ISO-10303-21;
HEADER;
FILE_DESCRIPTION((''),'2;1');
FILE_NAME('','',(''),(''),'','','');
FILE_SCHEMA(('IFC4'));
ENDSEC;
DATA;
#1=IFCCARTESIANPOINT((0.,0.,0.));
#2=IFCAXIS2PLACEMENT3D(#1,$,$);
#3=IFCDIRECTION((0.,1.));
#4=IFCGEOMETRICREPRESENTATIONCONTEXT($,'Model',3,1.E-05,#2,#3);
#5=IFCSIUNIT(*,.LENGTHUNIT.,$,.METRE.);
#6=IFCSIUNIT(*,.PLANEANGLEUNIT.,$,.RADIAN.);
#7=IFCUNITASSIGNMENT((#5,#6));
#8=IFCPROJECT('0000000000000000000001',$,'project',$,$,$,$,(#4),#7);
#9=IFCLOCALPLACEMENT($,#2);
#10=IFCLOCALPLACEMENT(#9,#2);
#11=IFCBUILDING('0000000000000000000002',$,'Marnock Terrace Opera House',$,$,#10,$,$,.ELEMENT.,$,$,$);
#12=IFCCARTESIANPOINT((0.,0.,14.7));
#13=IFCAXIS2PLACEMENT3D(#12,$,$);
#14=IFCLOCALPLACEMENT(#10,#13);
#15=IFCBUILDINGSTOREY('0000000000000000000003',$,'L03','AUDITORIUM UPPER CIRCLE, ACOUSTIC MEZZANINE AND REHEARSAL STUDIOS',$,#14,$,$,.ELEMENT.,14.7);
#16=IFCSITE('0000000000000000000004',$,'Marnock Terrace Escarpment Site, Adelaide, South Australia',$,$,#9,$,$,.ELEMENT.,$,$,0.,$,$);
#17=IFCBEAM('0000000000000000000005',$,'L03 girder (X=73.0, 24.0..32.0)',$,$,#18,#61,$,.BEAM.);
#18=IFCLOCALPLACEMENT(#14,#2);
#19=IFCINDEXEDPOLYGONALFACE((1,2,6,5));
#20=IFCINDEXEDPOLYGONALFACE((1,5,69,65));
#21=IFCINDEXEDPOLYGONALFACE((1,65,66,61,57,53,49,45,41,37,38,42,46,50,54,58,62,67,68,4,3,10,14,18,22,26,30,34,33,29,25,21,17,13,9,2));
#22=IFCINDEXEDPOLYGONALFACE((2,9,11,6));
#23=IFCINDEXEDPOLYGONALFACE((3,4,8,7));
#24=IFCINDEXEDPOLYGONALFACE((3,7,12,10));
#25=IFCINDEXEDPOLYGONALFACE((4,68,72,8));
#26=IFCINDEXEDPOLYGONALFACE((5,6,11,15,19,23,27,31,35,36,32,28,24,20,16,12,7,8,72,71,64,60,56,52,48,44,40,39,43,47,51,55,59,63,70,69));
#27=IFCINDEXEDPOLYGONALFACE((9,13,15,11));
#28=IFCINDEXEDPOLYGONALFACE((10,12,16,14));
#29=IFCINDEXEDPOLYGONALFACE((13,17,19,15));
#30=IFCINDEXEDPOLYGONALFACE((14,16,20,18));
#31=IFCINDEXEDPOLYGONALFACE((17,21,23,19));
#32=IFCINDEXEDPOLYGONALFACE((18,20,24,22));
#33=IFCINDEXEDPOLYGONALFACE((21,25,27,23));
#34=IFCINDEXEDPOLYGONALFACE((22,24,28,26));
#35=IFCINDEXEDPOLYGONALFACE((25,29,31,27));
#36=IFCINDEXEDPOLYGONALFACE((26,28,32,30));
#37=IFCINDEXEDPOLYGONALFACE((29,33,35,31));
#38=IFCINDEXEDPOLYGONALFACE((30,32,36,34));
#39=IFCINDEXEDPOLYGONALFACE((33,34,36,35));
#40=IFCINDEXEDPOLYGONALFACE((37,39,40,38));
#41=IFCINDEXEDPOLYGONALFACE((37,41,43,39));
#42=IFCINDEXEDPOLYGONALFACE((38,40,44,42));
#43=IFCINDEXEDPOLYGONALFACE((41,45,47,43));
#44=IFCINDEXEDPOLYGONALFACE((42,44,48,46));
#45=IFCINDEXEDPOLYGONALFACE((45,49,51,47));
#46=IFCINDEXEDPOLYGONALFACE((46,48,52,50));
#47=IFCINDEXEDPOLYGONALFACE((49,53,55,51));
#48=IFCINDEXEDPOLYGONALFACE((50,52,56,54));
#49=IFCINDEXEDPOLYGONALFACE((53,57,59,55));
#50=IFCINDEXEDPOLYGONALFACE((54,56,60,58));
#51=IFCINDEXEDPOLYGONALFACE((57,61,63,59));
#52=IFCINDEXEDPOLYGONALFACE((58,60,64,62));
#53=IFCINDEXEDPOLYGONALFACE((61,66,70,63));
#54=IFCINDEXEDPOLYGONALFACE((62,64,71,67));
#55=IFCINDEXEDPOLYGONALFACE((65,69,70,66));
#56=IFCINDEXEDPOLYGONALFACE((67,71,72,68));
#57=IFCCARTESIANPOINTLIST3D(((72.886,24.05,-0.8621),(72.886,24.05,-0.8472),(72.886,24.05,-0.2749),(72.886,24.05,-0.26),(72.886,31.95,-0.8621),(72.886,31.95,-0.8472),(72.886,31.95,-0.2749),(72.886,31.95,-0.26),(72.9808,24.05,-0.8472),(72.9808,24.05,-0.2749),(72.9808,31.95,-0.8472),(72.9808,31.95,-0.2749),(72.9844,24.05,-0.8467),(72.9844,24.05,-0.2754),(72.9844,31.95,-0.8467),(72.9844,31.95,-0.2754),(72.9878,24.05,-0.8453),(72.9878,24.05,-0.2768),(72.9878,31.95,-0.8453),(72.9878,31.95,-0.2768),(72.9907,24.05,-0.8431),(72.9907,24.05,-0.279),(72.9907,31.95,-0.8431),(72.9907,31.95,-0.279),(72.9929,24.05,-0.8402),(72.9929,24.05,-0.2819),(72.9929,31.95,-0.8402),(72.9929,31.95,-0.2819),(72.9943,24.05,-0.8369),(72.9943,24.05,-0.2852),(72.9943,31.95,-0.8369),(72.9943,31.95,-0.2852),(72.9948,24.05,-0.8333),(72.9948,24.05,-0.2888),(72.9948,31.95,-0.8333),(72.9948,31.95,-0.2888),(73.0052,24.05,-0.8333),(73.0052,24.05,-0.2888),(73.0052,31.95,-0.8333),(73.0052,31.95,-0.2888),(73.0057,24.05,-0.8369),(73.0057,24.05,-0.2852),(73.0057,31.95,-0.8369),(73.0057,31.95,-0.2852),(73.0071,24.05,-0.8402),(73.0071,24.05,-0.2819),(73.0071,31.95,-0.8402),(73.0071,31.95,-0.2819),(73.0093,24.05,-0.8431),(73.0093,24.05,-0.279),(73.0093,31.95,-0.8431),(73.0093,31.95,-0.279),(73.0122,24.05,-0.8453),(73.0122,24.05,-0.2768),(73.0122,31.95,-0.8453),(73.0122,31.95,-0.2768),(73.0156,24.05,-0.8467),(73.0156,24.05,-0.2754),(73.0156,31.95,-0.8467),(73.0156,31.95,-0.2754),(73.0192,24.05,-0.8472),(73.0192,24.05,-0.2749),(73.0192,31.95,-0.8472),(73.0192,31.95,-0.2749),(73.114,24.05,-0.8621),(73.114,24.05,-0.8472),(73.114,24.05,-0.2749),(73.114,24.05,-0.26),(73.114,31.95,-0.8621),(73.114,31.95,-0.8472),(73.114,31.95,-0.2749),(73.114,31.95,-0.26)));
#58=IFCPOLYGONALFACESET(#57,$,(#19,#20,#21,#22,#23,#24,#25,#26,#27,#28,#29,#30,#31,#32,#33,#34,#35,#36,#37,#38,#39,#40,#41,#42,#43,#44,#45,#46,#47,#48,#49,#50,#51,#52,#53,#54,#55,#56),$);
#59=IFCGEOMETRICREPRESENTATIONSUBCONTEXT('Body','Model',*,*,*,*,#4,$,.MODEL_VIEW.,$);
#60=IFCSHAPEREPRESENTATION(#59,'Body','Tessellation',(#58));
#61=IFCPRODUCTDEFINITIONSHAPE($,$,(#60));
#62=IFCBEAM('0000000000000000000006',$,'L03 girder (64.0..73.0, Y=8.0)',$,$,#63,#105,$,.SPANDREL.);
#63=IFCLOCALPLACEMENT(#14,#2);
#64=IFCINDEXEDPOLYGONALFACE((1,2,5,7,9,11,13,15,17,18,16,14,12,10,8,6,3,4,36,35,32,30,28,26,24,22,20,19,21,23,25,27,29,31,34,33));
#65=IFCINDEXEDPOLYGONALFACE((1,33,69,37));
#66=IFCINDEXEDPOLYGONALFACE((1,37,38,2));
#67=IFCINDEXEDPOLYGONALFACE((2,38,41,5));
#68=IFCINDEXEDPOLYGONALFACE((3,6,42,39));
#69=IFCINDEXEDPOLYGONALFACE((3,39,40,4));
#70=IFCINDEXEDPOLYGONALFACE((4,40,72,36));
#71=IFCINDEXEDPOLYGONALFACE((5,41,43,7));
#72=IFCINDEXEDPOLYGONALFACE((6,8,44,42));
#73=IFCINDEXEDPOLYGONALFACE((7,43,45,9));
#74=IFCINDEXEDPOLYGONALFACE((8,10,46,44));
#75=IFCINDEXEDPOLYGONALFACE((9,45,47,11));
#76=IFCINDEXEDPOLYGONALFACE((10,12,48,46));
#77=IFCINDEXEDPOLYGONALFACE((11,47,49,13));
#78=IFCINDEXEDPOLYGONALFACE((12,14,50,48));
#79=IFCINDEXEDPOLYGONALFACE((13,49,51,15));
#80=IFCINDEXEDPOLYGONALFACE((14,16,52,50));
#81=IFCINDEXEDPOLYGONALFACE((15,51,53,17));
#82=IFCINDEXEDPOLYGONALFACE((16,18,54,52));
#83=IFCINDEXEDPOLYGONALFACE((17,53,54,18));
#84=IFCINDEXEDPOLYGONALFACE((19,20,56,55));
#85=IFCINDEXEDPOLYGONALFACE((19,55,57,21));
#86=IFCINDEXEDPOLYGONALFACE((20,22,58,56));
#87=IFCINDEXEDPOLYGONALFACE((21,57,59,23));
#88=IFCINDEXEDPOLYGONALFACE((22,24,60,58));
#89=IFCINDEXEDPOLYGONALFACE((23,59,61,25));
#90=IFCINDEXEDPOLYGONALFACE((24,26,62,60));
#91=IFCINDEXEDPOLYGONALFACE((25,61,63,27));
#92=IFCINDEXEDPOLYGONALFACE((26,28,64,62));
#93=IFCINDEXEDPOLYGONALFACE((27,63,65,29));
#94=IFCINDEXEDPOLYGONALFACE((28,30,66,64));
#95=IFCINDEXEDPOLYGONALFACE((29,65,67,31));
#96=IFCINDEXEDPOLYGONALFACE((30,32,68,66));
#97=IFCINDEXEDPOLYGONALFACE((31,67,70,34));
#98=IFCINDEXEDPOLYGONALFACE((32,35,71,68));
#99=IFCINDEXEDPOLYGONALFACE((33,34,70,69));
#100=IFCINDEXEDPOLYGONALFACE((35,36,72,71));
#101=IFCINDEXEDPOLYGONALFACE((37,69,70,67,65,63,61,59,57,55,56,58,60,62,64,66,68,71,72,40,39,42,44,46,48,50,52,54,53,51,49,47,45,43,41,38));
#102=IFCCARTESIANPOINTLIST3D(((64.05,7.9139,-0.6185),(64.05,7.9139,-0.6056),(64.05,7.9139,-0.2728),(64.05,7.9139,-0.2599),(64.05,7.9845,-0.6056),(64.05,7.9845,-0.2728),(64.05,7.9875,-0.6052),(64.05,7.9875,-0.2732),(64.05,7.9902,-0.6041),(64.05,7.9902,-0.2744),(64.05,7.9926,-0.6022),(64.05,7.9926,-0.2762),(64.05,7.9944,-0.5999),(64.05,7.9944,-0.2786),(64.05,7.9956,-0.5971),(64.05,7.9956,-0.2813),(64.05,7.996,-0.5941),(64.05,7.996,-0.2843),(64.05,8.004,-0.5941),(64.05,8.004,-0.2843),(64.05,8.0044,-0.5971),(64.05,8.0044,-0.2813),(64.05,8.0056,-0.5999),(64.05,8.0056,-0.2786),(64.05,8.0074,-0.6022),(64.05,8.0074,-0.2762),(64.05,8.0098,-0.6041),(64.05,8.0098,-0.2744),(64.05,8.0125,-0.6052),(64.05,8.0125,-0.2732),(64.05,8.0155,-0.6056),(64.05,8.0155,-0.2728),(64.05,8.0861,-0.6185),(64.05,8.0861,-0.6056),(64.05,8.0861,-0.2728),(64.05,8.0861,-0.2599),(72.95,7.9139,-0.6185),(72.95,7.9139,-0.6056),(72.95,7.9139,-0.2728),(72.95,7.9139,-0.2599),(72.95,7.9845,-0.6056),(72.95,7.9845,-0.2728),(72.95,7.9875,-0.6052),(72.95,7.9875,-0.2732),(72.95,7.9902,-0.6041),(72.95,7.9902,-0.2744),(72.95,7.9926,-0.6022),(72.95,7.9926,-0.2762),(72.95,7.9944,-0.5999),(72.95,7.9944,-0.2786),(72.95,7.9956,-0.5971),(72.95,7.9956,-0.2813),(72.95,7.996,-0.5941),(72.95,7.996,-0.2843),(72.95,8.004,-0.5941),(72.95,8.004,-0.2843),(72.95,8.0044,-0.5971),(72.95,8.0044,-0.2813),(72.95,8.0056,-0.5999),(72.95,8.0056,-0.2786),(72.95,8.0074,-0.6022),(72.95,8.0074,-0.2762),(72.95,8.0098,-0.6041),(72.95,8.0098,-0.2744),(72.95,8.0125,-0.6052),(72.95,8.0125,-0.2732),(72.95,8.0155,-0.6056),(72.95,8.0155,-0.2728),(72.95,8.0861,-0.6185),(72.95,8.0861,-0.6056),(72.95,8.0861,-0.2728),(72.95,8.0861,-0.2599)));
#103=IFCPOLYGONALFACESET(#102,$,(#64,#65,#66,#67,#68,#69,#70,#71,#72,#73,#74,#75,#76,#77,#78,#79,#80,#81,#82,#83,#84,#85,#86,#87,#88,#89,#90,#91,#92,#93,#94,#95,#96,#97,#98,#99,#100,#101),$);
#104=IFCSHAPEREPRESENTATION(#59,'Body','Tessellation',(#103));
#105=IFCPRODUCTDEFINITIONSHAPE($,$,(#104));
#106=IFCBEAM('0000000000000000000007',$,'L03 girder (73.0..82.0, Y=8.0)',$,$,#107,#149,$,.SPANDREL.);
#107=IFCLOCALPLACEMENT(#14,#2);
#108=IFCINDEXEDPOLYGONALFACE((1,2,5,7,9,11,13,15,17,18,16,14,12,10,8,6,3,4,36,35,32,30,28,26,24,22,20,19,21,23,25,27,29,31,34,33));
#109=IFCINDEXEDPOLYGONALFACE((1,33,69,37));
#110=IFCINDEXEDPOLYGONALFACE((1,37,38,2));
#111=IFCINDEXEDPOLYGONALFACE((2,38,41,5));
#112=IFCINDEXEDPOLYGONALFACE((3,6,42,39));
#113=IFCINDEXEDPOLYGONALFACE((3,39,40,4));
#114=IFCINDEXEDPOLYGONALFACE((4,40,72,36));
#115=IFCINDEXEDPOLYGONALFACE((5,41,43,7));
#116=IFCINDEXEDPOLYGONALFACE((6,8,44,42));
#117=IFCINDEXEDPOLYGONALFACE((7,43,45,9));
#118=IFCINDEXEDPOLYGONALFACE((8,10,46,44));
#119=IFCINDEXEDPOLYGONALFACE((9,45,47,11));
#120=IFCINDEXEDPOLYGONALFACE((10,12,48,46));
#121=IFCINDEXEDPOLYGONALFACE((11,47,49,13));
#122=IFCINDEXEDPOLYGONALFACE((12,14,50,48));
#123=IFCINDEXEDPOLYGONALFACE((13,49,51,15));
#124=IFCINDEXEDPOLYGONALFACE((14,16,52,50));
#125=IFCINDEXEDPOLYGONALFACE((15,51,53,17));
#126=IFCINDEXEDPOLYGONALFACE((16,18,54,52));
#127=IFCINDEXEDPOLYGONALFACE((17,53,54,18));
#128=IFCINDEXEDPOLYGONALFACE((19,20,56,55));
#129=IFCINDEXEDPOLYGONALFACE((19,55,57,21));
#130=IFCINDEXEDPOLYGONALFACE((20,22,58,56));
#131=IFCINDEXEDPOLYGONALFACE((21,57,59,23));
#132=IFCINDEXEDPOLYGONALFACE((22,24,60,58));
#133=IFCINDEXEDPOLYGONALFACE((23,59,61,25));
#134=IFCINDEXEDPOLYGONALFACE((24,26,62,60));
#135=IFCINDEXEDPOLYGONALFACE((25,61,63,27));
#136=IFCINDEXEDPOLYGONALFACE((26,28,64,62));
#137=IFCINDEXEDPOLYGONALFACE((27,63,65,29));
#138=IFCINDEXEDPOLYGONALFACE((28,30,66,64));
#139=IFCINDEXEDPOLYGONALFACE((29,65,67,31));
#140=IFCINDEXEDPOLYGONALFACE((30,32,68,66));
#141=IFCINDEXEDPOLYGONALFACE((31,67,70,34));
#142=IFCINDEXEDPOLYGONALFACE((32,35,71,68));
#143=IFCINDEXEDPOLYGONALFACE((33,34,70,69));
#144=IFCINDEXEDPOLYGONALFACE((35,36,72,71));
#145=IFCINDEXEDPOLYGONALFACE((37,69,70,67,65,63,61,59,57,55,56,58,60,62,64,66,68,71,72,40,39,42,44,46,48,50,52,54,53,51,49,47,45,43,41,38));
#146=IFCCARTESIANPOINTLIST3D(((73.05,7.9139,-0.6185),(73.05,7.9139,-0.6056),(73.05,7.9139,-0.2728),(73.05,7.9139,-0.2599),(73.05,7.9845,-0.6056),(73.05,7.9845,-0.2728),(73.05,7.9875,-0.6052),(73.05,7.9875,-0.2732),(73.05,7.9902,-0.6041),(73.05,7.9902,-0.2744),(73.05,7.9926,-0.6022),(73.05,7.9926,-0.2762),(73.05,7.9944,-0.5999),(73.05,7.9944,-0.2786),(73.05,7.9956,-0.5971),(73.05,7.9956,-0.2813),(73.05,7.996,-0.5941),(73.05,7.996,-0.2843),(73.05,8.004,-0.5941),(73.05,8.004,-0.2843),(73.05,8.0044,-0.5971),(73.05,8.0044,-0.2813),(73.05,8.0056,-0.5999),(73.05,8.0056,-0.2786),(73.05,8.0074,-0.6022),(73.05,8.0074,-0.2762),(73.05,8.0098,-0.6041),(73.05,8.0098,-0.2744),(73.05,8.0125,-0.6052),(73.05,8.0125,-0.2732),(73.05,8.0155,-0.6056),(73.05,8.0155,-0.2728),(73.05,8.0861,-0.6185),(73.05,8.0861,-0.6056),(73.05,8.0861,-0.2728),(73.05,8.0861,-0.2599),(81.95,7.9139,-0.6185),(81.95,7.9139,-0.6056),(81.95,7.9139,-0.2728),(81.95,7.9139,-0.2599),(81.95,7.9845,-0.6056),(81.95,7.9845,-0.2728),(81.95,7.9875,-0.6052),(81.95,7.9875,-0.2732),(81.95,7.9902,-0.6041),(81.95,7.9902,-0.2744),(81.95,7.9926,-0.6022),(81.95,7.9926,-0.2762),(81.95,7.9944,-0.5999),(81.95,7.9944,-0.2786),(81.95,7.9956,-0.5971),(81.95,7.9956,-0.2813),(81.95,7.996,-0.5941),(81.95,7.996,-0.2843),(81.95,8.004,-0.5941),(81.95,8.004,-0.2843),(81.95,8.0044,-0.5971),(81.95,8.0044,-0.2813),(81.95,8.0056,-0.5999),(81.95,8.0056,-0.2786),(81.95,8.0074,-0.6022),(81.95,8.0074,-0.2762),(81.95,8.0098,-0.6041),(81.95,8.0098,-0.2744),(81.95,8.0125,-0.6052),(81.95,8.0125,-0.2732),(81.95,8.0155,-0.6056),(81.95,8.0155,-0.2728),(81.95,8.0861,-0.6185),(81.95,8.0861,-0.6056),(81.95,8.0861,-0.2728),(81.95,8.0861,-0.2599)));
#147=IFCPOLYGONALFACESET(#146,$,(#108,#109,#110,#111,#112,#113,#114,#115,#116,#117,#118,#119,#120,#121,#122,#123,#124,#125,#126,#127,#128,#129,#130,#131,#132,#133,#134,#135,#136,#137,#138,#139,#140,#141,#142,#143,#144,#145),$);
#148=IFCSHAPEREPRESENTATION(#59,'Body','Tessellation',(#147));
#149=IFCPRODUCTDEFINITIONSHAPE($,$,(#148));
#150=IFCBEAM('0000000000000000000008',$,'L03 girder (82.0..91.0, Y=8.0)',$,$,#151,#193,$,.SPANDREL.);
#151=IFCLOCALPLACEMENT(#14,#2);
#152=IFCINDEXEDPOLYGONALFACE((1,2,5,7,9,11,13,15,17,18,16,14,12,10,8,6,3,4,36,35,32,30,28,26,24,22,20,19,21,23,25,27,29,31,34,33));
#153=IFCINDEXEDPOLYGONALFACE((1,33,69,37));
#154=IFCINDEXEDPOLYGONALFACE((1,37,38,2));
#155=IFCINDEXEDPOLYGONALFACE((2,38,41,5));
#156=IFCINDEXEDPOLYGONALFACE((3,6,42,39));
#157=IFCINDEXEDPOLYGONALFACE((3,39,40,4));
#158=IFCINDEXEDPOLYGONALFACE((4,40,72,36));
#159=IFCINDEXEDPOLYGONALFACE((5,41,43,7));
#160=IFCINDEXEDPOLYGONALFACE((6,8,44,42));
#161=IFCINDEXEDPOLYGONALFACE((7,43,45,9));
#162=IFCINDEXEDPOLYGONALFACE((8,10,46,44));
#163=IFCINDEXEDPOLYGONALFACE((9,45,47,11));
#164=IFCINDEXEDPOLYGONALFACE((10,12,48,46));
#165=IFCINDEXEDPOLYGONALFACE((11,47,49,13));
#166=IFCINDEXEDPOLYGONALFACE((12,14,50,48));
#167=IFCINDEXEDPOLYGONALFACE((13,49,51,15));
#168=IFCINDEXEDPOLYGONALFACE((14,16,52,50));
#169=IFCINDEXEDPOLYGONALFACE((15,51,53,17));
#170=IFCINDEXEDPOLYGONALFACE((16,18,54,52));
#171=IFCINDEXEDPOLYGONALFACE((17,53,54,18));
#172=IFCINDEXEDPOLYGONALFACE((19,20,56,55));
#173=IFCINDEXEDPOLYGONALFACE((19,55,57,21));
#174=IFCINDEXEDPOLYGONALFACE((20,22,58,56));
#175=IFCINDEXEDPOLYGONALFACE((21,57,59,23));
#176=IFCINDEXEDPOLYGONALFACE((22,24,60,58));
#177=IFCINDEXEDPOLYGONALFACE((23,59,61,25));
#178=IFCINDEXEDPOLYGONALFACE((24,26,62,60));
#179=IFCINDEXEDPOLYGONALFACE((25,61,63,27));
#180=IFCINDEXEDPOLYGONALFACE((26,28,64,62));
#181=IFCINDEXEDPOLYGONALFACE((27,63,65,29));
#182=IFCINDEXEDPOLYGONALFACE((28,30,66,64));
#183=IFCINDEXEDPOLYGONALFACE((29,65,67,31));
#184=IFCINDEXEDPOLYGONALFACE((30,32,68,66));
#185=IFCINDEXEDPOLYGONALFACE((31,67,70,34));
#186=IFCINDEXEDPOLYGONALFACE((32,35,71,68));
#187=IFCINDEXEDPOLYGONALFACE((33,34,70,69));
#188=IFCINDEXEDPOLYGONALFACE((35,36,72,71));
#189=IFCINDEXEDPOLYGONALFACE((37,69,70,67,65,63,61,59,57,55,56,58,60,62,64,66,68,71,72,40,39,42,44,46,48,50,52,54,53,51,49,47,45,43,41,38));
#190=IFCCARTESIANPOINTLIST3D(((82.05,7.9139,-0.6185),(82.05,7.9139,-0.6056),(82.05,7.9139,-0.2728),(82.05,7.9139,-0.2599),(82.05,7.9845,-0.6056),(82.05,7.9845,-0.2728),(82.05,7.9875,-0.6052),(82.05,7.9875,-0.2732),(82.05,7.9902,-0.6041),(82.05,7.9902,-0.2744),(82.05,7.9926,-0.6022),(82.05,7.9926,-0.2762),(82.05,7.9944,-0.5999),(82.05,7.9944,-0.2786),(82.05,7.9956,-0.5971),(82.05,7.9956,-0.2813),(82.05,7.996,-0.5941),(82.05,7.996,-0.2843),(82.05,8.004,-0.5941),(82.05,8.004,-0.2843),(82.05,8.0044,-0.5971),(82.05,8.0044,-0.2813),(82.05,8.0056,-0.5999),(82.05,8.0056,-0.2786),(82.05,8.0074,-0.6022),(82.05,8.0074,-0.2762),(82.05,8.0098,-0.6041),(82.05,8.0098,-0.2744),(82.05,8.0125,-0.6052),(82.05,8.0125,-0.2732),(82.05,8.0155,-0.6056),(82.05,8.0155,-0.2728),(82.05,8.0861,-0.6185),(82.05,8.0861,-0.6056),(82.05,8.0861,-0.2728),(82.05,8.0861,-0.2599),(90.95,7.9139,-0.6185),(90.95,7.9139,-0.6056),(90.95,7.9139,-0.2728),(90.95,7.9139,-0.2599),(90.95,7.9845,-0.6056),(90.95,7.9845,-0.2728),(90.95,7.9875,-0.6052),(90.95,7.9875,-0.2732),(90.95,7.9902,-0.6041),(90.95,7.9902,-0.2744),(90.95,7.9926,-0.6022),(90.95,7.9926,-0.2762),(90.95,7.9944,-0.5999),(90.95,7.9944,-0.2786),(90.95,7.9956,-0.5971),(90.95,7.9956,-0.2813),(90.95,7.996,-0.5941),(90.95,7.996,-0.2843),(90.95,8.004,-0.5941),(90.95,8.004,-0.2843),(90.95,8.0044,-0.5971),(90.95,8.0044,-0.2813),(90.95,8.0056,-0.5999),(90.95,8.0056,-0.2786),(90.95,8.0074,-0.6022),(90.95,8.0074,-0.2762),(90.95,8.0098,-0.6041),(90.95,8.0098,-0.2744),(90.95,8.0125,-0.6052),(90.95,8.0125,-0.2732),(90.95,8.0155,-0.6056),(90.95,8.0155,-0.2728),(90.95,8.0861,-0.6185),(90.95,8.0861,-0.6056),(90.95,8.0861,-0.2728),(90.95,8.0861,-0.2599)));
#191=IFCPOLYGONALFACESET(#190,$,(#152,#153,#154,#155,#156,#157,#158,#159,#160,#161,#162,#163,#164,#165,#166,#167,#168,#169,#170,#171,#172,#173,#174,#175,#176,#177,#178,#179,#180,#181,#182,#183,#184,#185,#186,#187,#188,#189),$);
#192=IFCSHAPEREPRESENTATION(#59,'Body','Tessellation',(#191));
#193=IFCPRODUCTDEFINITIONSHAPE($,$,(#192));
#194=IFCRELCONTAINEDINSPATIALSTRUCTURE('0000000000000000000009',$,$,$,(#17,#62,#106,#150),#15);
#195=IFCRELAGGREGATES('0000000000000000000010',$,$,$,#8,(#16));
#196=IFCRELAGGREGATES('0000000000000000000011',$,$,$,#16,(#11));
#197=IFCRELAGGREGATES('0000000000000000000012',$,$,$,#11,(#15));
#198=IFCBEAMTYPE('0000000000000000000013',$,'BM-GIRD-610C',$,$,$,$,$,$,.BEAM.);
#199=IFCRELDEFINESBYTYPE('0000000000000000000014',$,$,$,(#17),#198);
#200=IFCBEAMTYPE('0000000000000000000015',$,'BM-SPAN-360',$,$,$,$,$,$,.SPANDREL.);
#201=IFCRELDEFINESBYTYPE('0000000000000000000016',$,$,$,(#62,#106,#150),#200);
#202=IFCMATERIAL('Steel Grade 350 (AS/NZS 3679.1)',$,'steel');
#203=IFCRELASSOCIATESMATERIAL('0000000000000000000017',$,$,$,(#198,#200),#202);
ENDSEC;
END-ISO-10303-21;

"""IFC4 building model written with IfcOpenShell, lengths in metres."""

from ifc_helpers import new_model, si_unit, direction, frame, origin, origin_2d, place, context, subcontext, project, spatial, i_section, extrude, material, material_profile, profile_set, type_object, element, save


model = new_model("IFC4")

# Units and contexts
model_context = context("Model", 3, precision=1e-05, world=origin(), true_north=direction((0.0, 1.0)))
body_context = subcontext(model_context, "Body", "Model", "MODEL_VIEW")
ifc_project = project(units=[si_unit("LENGTHUNIT", "METRE"), si_unit("PLANEANGLEUNIT", "RADIAN")], contexts=[model_context])

# Site, building, storey
site_placement = place(None, origin())
site = spatial("IfcSite", under=ifc_project, at=site_placement, Name="Marnock Terrace Escarpment Site, Adelaide, South Australia", CompositionType="ELEMENT", RefElevation=0.0)
building_placement = place(site_placement, origin())
building = spatial("IfcBuilding", under=site, at=building_placement, Name="Marnock Terrace Opera House", CompositionType="ELEMENT")
storey_placement = place(building_placement, frame((0.0, 0.0, 14.7)))
storey = spatial("IfcBuildingStorey", under=building, at=storey_placement, Name="L03", Description="AUDITORIUM UPPER CIRCLE, ACOUSTIC MEZZANINE AND REHEARSAL STUDIOS", CompositionType="ELEMENT", Elevation=14.7)

# Beams
ifc_material_1 = material(Name="Steel Grade 350 (AS/NZS 3679.1)", Category="steel")
ifc_material_profile_1 = material_profile(ifc_material_1, i_section(OverallWidth=0.228, OverallDepth=0.6021, WebThickness=0.0105, FlangeThickness=0.0149, FilletRadius=0.0139, at=origin_2d()))
ifc_profile_set_1 = profile_set([ifc_material_profile_1], Name="Steel Grade 350 (AS/NZS 3679.1)")
beam_type_1 = type_object("IfcBeamType", Name="BM-GIRD-610C", PredefinedType="BEAM", material=ifc_profile_set_1)
for number, where, z_axis, x_axis, name in (
    (1, (73.0, 24.05, -0.561), (0.0, 1.0, 0.0), (-1.0, 0.0, 0.0), "L03 girder (X=73.0, 24.0..32.0)"),
):
    element("IfcBeam", number, at=place(storey_placement, frame(where, z_axis=z_axis, x_axis=x_axis)), inside=storey, type_object=beam_type_1, Name=name, PredefinedType="BEAM", context=body_context, shape_type="SweptSolid", body=[
        extrude(i_section(OverallWidth=0.228, OverallDepth=0.6021, WebThickness=0.0105, FlangeThickness=0.0149, FilletRadius=0.0139, at=origin_2d()), origin(), (0.0, 0.0, 1.0), 7.8999),
    ])
ifc_material_profile_2 = material_profile(ifc_material_1, i_section(OverallWidth=0.1721, OverallDepth=0.3586, WebThickness=0.0081, FlangeThickness=0.0129, FilletRadius=0.0115, at=origin_2d()))
ifc_profile_set_2 = profile_set([ifc_material_profile_2], Name="Steel Grade 350 (AS/NZS 3679.1)")
beam_type_2 = type_object("IfcBeamType", Name="BM-SPAN-360", PredefinedType="SPANDREL", material=ifc_profile_set_2)
for number, where, z_axis, x_axis, name in (
    (2, (64.05, 8.0, -0.4392), (1.0, 0.0, 0.0), (0.0, 1.0, 0.0), "L03 girder (64.0..73.0, Y=8.0)"),
    (3, (73.05, 8.0, -0.4392), (1.0, 0.0, 0.0), (0.0, 1.0, 0.0), "L03 girder (73.0..82.0, Y=8.0)"),
    (4, (82.05, 8.0, -0.4392), (1.0, 0.0, 0.0), (0.0, 1.0, 0.0), "L03 girder (82.0..91.0, Y=8.0)"),
):
    element("IfcBeam", number, at=place(storey_placement, frame(where, z_axis=z_axis, x_axis=x_axis)), inside=storey, type_object=beam_type_2, Name=name, PredefinedType="SPANDREL", context=body_context, shape_type="SweptSolid", body=[
        extrude(i_section(OverallWidth=0.1721, OverallDepth=0.3586, WebThickness=0.0081, FlangeThickness=0.0129, FilletRadius=0.0115, at=origin_2d()), origin(), (0.0, 0.0, 1.0), 8.8999),
    ])

save(model, "model.ifc")
